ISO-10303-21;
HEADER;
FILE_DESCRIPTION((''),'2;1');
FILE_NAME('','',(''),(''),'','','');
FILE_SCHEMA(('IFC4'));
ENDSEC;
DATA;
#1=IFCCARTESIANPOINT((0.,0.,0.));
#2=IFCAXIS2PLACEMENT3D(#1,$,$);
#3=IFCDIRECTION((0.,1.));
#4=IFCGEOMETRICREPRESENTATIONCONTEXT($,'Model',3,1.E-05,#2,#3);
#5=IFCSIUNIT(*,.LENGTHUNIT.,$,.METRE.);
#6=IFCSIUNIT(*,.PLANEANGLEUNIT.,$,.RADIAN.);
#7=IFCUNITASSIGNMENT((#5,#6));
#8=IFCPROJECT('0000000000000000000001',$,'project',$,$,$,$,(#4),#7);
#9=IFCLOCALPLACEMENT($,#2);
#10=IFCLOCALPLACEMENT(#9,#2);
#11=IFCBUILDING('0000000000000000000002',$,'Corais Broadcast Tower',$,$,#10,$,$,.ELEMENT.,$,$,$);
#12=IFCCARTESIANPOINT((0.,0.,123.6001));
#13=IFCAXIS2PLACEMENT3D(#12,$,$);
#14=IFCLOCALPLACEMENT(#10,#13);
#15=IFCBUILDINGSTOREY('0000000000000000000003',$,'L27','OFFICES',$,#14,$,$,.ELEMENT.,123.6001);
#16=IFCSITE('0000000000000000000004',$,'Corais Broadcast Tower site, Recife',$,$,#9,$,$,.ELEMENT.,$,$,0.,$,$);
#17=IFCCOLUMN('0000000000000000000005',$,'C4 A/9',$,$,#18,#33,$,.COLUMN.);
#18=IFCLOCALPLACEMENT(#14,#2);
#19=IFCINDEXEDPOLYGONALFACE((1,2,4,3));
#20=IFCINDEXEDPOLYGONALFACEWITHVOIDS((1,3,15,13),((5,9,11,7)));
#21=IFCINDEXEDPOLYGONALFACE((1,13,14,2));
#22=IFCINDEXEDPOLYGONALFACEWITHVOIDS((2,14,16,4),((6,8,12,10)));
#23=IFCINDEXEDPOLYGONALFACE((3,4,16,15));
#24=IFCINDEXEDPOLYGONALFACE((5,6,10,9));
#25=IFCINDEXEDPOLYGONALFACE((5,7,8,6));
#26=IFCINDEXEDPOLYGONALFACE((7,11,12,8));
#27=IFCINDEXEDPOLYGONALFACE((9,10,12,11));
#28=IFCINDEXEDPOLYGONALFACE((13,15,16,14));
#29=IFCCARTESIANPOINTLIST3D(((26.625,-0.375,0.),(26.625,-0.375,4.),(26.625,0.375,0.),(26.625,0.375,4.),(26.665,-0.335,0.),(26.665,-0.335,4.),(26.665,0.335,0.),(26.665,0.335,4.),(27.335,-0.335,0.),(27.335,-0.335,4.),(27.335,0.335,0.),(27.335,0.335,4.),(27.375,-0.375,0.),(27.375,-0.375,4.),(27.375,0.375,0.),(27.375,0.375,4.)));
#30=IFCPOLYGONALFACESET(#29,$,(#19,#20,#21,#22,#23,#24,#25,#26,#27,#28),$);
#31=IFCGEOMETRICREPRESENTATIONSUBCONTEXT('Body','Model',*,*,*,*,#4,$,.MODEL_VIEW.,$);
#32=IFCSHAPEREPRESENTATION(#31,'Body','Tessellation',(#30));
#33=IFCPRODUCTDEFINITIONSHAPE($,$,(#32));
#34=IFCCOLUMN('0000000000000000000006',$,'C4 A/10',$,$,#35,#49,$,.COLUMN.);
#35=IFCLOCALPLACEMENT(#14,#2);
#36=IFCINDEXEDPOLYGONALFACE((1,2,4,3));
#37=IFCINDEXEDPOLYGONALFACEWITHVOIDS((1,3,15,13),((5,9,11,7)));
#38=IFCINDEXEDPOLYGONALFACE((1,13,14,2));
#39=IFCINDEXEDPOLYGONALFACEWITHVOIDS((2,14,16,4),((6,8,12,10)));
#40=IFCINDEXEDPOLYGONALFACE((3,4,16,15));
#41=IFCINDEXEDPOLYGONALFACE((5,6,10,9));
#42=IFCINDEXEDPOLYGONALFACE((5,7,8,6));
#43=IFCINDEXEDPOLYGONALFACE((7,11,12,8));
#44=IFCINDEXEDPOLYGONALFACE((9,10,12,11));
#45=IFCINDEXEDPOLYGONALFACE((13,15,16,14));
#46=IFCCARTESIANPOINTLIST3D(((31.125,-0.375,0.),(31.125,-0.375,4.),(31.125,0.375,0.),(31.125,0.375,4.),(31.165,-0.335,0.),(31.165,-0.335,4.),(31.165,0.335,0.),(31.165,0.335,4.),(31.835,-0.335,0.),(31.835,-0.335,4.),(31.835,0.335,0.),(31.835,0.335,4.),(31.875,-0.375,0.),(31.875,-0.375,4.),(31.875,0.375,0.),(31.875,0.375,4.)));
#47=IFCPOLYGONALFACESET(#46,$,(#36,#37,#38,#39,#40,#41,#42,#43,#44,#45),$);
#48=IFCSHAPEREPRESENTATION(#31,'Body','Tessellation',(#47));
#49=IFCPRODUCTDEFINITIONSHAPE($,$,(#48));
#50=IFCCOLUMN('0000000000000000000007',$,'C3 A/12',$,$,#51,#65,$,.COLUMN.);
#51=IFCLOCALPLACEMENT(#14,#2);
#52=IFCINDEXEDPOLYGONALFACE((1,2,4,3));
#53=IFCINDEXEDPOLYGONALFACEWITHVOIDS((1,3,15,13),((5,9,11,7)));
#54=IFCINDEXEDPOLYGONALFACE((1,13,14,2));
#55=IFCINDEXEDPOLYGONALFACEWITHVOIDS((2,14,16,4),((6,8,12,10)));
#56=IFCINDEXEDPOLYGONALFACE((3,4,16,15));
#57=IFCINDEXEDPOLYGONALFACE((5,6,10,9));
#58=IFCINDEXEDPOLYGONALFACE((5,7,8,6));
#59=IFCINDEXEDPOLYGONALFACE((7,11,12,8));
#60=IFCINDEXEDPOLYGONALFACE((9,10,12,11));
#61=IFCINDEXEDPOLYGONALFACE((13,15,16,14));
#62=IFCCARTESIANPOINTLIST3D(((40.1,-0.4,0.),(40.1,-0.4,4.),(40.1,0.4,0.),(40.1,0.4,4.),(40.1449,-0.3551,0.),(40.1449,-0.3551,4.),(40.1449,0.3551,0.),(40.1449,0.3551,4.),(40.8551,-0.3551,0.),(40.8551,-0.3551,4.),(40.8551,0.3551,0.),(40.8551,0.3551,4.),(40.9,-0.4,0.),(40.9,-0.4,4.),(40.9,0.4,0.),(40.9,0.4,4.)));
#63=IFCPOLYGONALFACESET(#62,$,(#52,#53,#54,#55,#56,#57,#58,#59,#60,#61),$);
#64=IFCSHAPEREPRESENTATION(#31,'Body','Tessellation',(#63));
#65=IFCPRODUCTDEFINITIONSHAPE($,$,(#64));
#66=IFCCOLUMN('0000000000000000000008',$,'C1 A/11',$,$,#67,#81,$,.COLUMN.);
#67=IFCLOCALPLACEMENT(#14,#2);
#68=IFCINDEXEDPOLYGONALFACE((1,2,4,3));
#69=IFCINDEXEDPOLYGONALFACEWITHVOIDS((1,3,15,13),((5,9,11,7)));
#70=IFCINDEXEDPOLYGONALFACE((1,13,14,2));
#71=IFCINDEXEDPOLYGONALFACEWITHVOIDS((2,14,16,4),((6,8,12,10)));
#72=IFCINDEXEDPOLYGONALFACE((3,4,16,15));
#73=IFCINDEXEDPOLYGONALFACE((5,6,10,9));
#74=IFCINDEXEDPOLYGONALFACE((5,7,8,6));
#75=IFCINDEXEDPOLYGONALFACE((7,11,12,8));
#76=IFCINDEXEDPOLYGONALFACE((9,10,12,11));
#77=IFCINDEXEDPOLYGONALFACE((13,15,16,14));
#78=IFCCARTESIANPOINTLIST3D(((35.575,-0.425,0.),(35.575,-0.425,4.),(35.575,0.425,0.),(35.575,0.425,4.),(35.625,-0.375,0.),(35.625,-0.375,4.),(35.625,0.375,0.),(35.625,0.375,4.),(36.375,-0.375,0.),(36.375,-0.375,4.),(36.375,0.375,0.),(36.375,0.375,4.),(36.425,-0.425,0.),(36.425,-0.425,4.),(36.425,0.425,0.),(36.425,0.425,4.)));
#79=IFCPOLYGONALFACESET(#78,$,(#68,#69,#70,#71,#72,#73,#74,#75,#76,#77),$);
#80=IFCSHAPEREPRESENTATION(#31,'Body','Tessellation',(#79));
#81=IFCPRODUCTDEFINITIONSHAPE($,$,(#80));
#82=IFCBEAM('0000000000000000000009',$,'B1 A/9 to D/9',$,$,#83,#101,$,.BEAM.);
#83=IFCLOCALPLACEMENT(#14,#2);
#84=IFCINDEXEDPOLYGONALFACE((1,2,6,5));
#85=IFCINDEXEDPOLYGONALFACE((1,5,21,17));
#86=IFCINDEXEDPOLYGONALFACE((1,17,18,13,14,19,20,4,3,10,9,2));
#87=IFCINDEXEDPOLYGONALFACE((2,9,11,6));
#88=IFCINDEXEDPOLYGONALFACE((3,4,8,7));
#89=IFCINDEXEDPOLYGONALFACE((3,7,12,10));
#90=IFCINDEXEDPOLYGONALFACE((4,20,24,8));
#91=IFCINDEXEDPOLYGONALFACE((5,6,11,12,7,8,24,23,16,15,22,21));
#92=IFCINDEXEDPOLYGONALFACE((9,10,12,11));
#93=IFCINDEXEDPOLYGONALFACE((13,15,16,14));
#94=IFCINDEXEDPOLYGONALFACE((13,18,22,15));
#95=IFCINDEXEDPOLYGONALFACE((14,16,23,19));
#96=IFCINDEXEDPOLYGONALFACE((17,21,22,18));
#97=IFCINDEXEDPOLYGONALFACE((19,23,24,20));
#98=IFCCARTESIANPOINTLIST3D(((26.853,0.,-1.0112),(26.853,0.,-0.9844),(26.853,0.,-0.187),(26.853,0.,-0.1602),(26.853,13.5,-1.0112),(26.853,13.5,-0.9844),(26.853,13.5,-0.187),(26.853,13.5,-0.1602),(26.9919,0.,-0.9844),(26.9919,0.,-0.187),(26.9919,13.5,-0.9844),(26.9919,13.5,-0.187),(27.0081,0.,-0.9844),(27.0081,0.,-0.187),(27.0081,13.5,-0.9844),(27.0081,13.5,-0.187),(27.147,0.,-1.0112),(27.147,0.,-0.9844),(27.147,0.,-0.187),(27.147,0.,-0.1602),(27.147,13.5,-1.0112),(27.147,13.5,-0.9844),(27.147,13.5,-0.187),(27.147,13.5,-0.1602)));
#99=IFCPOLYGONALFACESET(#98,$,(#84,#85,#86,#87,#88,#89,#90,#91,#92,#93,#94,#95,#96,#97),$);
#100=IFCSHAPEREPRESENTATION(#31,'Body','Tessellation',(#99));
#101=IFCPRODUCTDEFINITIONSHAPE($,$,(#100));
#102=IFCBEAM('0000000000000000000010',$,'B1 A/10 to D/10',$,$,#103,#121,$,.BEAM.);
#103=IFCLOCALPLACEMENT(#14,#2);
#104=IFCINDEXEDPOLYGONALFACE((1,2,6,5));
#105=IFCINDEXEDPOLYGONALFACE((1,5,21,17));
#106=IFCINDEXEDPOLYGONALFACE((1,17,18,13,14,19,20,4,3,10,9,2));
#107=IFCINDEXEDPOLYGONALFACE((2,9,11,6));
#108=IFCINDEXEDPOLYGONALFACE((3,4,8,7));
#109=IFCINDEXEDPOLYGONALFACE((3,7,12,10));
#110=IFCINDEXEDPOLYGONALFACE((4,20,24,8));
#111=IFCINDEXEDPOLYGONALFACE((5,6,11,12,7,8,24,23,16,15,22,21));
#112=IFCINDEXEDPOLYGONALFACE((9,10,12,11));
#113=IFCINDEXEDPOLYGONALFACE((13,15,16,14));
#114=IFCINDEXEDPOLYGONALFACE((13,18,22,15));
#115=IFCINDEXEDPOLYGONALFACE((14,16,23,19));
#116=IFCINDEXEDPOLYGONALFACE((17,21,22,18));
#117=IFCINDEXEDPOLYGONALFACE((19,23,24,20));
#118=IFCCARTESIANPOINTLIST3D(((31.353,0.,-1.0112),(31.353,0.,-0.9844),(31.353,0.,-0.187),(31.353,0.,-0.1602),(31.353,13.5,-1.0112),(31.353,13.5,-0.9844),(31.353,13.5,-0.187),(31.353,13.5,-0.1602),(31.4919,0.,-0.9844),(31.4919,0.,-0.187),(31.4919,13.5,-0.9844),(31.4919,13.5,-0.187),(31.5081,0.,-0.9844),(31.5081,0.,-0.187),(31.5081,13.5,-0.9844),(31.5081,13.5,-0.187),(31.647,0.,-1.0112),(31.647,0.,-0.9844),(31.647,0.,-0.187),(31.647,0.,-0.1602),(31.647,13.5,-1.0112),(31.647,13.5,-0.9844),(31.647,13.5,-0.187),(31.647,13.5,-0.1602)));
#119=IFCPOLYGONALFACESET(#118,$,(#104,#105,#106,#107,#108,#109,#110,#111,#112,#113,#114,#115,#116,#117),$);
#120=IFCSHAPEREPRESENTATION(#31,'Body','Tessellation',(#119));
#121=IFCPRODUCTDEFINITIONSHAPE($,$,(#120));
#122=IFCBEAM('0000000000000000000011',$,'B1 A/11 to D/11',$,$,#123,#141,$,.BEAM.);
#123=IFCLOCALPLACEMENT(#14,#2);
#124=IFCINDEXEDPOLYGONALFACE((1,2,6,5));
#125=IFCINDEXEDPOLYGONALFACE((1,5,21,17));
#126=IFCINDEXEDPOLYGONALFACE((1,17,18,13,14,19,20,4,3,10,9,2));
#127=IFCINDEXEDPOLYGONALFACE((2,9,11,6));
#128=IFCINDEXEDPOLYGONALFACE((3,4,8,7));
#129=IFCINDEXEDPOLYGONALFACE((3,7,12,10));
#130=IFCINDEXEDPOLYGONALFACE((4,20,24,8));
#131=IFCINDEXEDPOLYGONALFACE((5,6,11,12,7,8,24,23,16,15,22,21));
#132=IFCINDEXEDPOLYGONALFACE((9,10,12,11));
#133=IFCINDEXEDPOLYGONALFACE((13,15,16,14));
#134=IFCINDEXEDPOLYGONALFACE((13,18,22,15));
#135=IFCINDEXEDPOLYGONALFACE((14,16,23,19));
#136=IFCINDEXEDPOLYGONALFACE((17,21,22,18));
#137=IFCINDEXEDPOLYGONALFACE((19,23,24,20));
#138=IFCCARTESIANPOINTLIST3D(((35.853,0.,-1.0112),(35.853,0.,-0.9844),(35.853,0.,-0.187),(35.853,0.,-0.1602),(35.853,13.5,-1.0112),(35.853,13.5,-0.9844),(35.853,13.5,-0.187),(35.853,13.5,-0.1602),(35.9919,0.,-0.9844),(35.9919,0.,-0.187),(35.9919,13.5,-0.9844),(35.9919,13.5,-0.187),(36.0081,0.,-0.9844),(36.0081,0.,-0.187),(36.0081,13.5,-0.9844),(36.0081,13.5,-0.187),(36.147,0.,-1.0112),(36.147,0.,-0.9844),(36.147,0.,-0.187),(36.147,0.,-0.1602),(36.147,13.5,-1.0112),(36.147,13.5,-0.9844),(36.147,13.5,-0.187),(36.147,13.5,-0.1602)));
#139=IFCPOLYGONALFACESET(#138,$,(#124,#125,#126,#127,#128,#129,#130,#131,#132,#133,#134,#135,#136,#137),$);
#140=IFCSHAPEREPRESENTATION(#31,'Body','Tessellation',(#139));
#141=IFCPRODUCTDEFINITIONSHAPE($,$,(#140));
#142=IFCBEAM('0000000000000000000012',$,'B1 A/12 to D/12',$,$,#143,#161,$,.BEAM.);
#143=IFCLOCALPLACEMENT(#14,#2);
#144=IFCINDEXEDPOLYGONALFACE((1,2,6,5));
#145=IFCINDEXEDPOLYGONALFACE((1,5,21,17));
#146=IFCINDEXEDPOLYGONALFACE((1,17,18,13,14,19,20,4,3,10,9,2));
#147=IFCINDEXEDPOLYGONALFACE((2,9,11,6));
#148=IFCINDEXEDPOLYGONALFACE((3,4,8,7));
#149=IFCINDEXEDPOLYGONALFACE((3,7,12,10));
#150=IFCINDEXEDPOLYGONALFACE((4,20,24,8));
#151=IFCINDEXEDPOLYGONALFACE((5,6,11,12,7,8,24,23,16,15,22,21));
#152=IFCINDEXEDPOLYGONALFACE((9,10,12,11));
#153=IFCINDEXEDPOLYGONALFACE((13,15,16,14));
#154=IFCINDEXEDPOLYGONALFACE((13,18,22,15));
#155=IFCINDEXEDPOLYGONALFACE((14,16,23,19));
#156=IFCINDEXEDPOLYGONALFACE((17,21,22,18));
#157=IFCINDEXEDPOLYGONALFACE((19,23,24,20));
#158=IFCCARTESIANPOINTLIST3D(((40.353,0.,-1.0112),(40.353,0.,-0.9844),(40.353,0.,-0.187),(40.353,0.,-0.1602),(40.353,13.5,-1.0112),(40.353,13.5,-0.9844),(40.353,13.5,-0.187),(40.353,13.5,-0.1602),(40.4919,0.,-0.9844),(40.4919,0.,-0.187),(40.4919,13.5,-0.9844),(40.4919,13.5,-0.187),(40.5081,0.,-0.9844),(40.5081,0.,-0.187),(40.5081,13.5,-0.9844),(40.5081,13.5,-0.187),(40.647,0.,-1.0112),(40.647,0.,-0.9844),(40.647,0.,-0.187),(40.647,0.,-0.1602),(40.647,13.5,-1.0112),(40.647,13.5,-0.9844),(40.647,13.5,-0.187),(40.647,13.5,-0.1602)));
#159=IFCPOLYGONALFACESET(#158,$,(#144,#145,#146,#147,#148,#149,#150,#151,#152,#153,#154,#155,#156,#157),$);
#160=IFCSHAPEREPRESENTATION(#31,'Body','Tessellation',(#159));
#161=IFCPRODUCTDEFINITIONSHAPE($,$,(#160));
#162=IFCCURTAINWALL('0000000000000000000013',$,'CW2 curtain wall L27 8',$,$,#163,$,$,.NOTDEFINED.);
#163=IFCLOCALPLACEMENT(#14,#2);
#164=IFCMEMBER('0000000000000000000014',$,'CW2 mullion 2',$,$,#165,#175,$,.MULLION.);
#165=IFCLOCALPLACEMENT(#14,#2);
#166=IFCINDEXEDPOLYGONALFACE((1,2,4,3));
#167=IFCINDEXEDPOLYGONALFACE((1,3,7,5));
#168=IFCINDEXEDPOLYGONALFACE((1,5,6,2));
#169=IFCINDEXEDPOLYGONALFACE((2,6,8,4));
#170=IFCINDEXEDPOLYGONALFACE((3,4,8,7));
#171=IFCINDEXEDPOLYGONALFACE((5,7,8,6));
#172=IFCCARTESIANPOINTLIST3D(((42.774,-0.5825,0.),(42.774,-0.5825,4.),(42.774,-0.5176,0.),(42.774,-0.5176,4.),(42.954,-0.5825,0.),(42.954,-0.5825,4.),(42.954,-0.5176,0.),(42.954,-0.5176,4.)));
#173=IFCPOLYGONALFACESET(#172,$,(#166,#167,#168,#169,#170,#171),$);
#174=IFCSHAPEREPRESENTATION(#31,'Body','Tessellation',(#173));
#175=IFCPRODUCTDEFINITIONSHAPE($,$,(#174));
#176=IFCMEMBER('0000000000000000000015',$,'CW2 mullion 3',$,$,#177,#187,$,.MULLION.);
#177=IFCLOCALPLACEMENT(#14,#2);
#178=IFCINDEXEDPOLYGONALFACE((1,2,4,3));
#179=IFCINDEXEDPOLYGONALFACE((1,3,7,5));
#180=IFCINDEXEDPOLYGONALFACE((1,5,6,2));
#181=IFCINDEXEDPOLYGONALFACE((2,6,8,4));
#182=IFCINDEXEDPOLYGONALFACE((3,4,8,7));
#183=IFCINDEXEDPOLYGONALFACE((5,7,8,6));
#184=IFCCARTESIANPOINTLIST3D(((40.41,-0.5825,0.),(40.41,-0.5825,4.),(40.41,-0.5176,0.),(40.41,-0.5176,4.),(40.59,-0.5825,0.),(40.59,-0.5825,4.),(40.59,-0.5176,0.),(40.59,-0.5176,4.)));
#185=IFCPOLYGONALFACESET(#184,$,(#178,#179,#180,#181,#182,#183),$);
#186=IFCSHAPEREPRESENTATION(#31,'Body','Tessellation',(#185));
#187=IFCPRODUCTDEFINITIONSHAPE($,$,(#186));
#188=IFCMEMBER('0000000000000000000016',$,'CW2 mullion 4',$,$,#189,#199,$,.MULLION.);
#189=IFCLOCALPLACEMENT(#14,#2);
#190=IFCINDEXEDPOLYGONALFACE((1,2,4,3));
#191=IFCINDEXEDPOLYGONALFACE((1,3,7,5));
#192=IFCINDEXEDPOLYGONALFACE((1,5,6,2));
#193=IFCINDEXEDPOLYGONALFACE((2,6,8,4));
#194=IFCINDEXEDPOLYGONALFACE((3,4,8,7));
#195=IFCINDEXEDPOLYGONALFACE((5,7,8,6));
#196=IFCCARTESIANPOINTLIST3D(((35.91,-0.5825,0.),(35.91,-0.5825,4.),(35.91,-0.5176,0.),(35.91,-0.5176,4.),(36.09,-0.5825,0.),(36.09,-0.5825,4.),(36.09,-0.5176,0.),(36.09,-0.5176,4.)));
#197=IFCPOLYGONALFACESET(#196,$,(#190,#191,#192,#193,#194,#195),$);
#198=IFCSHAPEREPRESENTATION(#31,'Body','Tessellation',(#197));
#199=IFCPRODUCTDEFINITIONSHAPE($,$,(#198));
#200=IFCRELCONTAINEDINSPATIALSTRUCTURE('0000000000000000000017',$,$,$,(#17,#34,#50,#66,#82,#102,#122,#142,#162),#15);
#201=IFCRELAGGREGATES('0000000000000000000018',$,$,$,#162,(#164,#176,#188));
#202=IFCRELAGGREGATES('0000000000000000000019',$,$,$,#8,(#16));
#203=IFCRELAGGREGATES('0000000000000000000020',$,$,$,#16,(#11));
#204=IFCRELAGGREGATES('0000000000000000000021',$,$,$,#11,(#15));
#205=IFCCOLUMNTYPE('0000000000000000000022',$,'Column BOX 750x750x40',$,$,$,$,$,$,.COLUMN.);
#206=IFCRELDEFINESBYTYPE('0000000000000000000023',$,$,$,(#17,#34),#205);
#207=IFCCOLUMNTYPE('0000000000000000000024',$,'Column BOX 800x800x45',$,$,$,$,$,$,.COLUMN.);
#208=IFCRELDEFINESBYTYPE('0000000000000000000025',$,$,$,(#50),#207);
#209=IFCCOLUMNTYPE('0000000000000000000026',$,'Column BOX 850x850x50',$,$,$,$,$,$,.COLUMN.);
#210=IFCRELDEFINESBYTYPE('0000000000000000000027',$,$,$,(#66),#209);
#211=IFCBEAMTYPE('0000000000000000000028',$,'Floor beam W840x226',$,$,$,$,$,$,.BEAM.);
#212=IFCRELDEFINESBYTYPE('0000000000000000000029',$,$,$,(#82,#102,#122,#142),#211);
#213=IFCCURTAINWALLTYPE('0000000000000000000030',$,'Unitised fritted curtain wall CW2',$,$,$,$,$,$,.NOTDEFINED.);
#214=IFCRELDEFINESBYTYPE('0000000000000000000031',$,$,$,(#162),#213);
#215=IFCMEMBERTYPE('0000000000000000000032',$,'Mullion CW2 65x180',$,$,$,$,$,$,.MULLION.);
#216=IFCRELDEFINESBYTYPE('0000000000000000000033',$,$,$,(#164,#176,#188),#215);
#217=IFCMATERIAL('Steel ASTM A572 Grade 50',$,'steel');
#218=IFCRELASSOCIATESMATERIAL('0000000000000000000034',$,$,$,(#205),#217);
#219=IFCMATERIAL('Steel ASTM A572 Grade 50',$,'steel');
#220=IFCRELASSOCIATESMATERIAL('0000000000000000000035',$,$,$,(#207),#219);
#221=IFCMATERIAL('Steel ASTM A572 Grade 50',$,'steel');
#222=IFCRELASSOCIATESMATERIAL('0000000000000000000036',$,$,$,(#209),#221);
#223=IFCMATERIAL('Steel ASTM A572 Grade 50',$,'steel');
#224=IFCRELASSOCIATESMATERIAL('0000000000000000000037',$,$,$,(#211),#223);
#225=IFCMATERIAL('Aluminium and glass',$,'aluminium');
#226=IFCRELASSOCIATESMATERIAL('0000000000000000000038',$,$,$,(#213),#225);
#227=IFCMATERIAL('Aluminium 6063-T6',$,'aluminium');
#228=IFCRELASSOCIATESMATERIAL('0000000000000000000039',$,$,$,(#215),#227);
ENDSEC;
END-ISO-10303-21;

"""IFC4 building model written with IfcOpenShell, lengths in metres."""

from ifc_helpers import new_model, si_unit, direction, frame, origin, origin_2d, place, context, subcontext, project, spatial, rectangle, hollow_rectangle, i_section, extrude, material, material_profile, profile_set, type_object, element, aggregate, save


model = new_model("IFC4")

# Units and contexts
model_context = context("Model", 3, precision=1e-05, world=origin(), true_north=direction((0.0, 1.0)))
body_context = subcontext(model_context, "Body", "Model", "MODEL_VIEW")
ifc_project = project(units=[si_unit("LENGTHUNIT", "METRE"), si_unit("PLANEANGLEUNIT", "RADIAN")], contexts=[model_context])

# Site, building, storey
site_placement = place(None, origin())
site = spatial("IfcSite", under=ifc_project, at=site_placement, Name="Corais Broadcast Tower site, Recife", CompositionType="ELEMENT", RefElevation=0.0)
building_placement = place(site_placement, origin())
building = spatial("IfcBuilding", under=site, at=building_placement, Name="Corais Broadcast Tower", CompositionType="ELEMENT")
storey_placement = place(building_placement, frame((0.0, 0.0, 123.6001)))
storey = spatial("IfcBuildingStorey", under=building, at=storey_placement, Name="L27", Description="OFFICES", CompositionType="ELEMENT", Elevation=123.6001)

# Columns
ifc_material_1 = material(Name="Steel ASTM A572 Grade 50", Category="steel")
ifc_material_profile_1 = material_profile(ifc_material_1, hollow_rectangle(XDim=0.75, YDim=0.75, WallThickness=0.04, at=origin_2d()), Name="BOX 750x750x40")
ifc_profile_set_1 = profile_set([ifc_material_profile_1], Name="Steel ASTM A572 Grade 50")
column_type_1 = type_object("IfcColumnType", Name="Column BOX 750x750x40", PredefinedType="COLUMN", material=ifc_profile_set_1)
for number, where, z_axis, x_axis, name in (
    (1, (27.0, 0.0, 0.0), (0.0, 0.0, 1.0), (1.0, 0.0, 0.0), "C4 A/9"),
    (2, (31.5, 0.0, 0.0), (0.0, 0.0, 1.0), (1.0, 0.0, 0.0), "C4 A/10"),
):
    element("IfcColumn", number, at=place(storey_placement, frame(where, z_axis=z_axis, x_axis=x_axis)), inside=storey, type_object=column_type_1, Name=name, PredefinedType="COLUMN", context=body_context, shape_type="SweptSolid", body=[
        extrude(hollow_rectangle(XDim=0.75, YDim=0.75, WallThickness=0.04, at=origin_2d()), origin(), (0.0, 0.0, 1.0), 4.0),
    ])
ifc_material_2 = material(Name="Steel ASTM A572 Grade 50", Category="steel")
ifc_material_profile_2 = material_profile(ifc_material_2, hollow_rectangle(XDim=0.8, YDim=0.8, WallThickness=0.0449, at=origin_2d()), Name="BOX 800x800x45")
ifc_profile_set_2 = profile_set([ifc_material_profile_2], Name="Steel ASTM A572 Grade 50")
column_type_2 = type_object("IfcColumnType", Name="Column BOX 800x800x45", PredefinedType="COLUMN", material=ifc_profile_set_2)
column_1_placement = place(storey_placement, frame((40.5, 0.0, 0.0), z_axis=(0.0, 0.0, 1.0), x_axis=(1.0, 0.0, 0.0)))
element("IfcColumn", 3, at=column_1_placement, inside=storey, type_object=column_type_2, Name="C3 A/12", PredefinedType="COLUMN", context=body_context, shape_type="SweptSolid", body=[
    extrude(hollow_rectangle(XDim=0.8, YDim=0.8, WallThickness=0.0449, at=origin_2d()), origin(), (0.0, 0.0, 1.0), 4.0),
])
ifc_material_3 = material(Name="Steel ASTM A572 Grade 50", Category="steel")
ifc_material_profile_3 = material_profile(ifc_material_3, hollow_rectangle(XDim=0.8501, YDim=0.8501, WallThickness=0.05, at=origin_2d()), Name="BOX 850x850x50")
ifc_profile_set_3 = profile_set([ifc_material_profile_3], Name="Steel ASTM A572 Grade 50")
column_type_3 = type_object("IfcColumnType", Name="Column BOX 850x850x50", PredefinedType="COLUMN", material=ifc_profile_set_3)
column_2_placement = place(storey_placement, frame((36.0, 0.0, 0.0), z_axis=(0.0, 0.0, 1.0), x_axis=(1.0, 0.0, 0.0)))
element("IfcColumn", 4, at=column_2_placement, inside=storey, type_object=column_type_3, Name="C1 A/11", PredefinedType="COLUMN", context=body_context, shape_type="SweptSolid", body=[
    extrude(hollow_rectangle(XDim=0.8501, YDim=0.8501, WallThickness=0.05, at=origin_2d()), origin(), (0.0, 0.0, 1.0), 4.0),
])

# Beams
ifc_material_4 = material(Name="Steel ASTM A572 Grade 50", Category="steel")
ifc_material_profile_4 = material_profile(ifc_material_4, i_section(OverallWidth=0.2939, OverallDepth=0.8511, WebThickness=0.0161, FlangeThickness=0.0269, at=origin_2d()), Name="W840x226")
ifc_profile_set_4 = profile_set([ifc_material_profile_4], Name="Steel ASTM A572 Grade 50")
beam_type_1 = type_object("IfcBeamType", Name="Floor beam W840x226", PredefinedType="BEAM", material=ifc_profile_set_4)
for number, where, z_axis, x_axis, name in (
    (5, (27.0, 0.0, -0.5857), (0.0, 1.0, 0.0), (-1.0, 0.0, 0.0), "B1 A/9 to D/9"),
    (6, (31.5, 0.0, -0.5857), (0.0, 1.0, 0.0), (-1.0, 0.0, 0.0), "B1 A/10 to D/10"),
    (7, (36.0, 0.0, -0.5857), (0.0, 1.0, 0.0), (-1.0, 0.0, 0.0), "B1 A/11 to D/11"),
    (8, (40.5, 0.0, -0.5857), (0.0, 1.0, 0.0), (-1.0, 0.0, 0.0), "B1 A/12 to D/12"),
):
    element("IfcBeam", number, at=place(storey_placement, frame(where, z_axis=z_axis, x_axis=x_axis)), inside=storey, type_object=beam_type_1, Name=name, PredefinedType="BEAM", context=body_context, shape_type="SweptSolid", body=[
        extrude(i_section(OverallWidth=0.2939, OverallDepth=0.8511, WebThickness=0.0161, FlangeThickness=0.0269, at=origin_2d()), origin(), (0.0, 0.0, 1.0), 13.5),
    ])

# Curtain wall, members
ifc_material_5 = material(Name="Aluminium and glass", Category="aluminium")
curtain_wall_type = type_object("IfcCurtainWallType", Name="Unitised fritted curtain wall CW2", PredefinedType="NOTDEFINED", material=ifc_material_5)
curtain_wall_placement = place(storey_placement, origin())
curtain_wall = element("IfcCurtainWall", 9, at=curtain_wall_placement, inside=storey, type_object=curtain_wall_type, Name="CW2 curtain wall L27 8", PredefinedType="NOTDEFINED")
ifc_material_6 = material(Name="Aluminium 6063-T6", Category="aluminium")
ifc_material_profile_5 = material_profile(ifc_material_6, rectangle(XDim=0.0649, YDim=0.1799, at=origin_2d()), Name="Mullion CW2 65x180")
ifc_profile_set_5 = profile_set([ifc_material_profile_5], Name="Aluminium 6063-T6")
member_type_1 = type_object("IfcMemberType", Name="Mullion CW2 65x180", PredefinedType="MULLION", material=ifc_profile_set_5)
member_1_placement = place(storey_placement, frame((42.864, -0.55, 0.0), z_axis=(0.0, 0.0, 1.0), x_axis=(0.0, -1.0, 0.0)))
member_1 = element("IfcMember", 10, at=member_1_placement, type_object=member_type_1, Name="CW2 mullion 2", PredefinedType="MULLION", context=body_context, shape_type="SweptSolid", body=[
    extrude(rectangle(XDim=0.0649, YDim=0.1799, at=origin_2d()), origin(), (0.0, 0.0, 1.0), 4.0),
])
member_2_placement = place(storey_placement, frame((40.5, -0.55, 0.0), z_axis=(0.0, 0.0, 1.0), x_axis=(0.0, -1.0, 0.0)))
member_2 = element("IfcMember", 11, at=member_2_placement, type_object=member_type_1, Name="CW2 mullion 3", PredefinedType="MULLION", context=body_context, shape_type="SweptSolid", body=[
    extrude(rectangle(XDim=0.0649, YDim=0.1799, at=origin_2d()), origin(), (0.0, 0.0, 1.0), 4.0),
])
member_3_placement = place(storey_placement, frame((36.0, -0.55, 0.0), z_axis=(0.0, 0.0, 1.0), x_axis=(0.0, -1.0, 0.0)))
member_3 = element("IfcMember", 12, at=member_3_placement, type_object=member_type_1, Name="CW2 mullion 4", PredefinedType="MULLION", context=body_context, shape_type="SweptSolid", body=[
    extrude(rectangle(XDim=0.0649, YDim=0.1799, at=origin_2d()), origin(), (0.0, 0.0, 1.0), 4.0),
])

aggregate(curtain_wall, [member_1, member_2, member_3])

save(model, "model.ifc")
